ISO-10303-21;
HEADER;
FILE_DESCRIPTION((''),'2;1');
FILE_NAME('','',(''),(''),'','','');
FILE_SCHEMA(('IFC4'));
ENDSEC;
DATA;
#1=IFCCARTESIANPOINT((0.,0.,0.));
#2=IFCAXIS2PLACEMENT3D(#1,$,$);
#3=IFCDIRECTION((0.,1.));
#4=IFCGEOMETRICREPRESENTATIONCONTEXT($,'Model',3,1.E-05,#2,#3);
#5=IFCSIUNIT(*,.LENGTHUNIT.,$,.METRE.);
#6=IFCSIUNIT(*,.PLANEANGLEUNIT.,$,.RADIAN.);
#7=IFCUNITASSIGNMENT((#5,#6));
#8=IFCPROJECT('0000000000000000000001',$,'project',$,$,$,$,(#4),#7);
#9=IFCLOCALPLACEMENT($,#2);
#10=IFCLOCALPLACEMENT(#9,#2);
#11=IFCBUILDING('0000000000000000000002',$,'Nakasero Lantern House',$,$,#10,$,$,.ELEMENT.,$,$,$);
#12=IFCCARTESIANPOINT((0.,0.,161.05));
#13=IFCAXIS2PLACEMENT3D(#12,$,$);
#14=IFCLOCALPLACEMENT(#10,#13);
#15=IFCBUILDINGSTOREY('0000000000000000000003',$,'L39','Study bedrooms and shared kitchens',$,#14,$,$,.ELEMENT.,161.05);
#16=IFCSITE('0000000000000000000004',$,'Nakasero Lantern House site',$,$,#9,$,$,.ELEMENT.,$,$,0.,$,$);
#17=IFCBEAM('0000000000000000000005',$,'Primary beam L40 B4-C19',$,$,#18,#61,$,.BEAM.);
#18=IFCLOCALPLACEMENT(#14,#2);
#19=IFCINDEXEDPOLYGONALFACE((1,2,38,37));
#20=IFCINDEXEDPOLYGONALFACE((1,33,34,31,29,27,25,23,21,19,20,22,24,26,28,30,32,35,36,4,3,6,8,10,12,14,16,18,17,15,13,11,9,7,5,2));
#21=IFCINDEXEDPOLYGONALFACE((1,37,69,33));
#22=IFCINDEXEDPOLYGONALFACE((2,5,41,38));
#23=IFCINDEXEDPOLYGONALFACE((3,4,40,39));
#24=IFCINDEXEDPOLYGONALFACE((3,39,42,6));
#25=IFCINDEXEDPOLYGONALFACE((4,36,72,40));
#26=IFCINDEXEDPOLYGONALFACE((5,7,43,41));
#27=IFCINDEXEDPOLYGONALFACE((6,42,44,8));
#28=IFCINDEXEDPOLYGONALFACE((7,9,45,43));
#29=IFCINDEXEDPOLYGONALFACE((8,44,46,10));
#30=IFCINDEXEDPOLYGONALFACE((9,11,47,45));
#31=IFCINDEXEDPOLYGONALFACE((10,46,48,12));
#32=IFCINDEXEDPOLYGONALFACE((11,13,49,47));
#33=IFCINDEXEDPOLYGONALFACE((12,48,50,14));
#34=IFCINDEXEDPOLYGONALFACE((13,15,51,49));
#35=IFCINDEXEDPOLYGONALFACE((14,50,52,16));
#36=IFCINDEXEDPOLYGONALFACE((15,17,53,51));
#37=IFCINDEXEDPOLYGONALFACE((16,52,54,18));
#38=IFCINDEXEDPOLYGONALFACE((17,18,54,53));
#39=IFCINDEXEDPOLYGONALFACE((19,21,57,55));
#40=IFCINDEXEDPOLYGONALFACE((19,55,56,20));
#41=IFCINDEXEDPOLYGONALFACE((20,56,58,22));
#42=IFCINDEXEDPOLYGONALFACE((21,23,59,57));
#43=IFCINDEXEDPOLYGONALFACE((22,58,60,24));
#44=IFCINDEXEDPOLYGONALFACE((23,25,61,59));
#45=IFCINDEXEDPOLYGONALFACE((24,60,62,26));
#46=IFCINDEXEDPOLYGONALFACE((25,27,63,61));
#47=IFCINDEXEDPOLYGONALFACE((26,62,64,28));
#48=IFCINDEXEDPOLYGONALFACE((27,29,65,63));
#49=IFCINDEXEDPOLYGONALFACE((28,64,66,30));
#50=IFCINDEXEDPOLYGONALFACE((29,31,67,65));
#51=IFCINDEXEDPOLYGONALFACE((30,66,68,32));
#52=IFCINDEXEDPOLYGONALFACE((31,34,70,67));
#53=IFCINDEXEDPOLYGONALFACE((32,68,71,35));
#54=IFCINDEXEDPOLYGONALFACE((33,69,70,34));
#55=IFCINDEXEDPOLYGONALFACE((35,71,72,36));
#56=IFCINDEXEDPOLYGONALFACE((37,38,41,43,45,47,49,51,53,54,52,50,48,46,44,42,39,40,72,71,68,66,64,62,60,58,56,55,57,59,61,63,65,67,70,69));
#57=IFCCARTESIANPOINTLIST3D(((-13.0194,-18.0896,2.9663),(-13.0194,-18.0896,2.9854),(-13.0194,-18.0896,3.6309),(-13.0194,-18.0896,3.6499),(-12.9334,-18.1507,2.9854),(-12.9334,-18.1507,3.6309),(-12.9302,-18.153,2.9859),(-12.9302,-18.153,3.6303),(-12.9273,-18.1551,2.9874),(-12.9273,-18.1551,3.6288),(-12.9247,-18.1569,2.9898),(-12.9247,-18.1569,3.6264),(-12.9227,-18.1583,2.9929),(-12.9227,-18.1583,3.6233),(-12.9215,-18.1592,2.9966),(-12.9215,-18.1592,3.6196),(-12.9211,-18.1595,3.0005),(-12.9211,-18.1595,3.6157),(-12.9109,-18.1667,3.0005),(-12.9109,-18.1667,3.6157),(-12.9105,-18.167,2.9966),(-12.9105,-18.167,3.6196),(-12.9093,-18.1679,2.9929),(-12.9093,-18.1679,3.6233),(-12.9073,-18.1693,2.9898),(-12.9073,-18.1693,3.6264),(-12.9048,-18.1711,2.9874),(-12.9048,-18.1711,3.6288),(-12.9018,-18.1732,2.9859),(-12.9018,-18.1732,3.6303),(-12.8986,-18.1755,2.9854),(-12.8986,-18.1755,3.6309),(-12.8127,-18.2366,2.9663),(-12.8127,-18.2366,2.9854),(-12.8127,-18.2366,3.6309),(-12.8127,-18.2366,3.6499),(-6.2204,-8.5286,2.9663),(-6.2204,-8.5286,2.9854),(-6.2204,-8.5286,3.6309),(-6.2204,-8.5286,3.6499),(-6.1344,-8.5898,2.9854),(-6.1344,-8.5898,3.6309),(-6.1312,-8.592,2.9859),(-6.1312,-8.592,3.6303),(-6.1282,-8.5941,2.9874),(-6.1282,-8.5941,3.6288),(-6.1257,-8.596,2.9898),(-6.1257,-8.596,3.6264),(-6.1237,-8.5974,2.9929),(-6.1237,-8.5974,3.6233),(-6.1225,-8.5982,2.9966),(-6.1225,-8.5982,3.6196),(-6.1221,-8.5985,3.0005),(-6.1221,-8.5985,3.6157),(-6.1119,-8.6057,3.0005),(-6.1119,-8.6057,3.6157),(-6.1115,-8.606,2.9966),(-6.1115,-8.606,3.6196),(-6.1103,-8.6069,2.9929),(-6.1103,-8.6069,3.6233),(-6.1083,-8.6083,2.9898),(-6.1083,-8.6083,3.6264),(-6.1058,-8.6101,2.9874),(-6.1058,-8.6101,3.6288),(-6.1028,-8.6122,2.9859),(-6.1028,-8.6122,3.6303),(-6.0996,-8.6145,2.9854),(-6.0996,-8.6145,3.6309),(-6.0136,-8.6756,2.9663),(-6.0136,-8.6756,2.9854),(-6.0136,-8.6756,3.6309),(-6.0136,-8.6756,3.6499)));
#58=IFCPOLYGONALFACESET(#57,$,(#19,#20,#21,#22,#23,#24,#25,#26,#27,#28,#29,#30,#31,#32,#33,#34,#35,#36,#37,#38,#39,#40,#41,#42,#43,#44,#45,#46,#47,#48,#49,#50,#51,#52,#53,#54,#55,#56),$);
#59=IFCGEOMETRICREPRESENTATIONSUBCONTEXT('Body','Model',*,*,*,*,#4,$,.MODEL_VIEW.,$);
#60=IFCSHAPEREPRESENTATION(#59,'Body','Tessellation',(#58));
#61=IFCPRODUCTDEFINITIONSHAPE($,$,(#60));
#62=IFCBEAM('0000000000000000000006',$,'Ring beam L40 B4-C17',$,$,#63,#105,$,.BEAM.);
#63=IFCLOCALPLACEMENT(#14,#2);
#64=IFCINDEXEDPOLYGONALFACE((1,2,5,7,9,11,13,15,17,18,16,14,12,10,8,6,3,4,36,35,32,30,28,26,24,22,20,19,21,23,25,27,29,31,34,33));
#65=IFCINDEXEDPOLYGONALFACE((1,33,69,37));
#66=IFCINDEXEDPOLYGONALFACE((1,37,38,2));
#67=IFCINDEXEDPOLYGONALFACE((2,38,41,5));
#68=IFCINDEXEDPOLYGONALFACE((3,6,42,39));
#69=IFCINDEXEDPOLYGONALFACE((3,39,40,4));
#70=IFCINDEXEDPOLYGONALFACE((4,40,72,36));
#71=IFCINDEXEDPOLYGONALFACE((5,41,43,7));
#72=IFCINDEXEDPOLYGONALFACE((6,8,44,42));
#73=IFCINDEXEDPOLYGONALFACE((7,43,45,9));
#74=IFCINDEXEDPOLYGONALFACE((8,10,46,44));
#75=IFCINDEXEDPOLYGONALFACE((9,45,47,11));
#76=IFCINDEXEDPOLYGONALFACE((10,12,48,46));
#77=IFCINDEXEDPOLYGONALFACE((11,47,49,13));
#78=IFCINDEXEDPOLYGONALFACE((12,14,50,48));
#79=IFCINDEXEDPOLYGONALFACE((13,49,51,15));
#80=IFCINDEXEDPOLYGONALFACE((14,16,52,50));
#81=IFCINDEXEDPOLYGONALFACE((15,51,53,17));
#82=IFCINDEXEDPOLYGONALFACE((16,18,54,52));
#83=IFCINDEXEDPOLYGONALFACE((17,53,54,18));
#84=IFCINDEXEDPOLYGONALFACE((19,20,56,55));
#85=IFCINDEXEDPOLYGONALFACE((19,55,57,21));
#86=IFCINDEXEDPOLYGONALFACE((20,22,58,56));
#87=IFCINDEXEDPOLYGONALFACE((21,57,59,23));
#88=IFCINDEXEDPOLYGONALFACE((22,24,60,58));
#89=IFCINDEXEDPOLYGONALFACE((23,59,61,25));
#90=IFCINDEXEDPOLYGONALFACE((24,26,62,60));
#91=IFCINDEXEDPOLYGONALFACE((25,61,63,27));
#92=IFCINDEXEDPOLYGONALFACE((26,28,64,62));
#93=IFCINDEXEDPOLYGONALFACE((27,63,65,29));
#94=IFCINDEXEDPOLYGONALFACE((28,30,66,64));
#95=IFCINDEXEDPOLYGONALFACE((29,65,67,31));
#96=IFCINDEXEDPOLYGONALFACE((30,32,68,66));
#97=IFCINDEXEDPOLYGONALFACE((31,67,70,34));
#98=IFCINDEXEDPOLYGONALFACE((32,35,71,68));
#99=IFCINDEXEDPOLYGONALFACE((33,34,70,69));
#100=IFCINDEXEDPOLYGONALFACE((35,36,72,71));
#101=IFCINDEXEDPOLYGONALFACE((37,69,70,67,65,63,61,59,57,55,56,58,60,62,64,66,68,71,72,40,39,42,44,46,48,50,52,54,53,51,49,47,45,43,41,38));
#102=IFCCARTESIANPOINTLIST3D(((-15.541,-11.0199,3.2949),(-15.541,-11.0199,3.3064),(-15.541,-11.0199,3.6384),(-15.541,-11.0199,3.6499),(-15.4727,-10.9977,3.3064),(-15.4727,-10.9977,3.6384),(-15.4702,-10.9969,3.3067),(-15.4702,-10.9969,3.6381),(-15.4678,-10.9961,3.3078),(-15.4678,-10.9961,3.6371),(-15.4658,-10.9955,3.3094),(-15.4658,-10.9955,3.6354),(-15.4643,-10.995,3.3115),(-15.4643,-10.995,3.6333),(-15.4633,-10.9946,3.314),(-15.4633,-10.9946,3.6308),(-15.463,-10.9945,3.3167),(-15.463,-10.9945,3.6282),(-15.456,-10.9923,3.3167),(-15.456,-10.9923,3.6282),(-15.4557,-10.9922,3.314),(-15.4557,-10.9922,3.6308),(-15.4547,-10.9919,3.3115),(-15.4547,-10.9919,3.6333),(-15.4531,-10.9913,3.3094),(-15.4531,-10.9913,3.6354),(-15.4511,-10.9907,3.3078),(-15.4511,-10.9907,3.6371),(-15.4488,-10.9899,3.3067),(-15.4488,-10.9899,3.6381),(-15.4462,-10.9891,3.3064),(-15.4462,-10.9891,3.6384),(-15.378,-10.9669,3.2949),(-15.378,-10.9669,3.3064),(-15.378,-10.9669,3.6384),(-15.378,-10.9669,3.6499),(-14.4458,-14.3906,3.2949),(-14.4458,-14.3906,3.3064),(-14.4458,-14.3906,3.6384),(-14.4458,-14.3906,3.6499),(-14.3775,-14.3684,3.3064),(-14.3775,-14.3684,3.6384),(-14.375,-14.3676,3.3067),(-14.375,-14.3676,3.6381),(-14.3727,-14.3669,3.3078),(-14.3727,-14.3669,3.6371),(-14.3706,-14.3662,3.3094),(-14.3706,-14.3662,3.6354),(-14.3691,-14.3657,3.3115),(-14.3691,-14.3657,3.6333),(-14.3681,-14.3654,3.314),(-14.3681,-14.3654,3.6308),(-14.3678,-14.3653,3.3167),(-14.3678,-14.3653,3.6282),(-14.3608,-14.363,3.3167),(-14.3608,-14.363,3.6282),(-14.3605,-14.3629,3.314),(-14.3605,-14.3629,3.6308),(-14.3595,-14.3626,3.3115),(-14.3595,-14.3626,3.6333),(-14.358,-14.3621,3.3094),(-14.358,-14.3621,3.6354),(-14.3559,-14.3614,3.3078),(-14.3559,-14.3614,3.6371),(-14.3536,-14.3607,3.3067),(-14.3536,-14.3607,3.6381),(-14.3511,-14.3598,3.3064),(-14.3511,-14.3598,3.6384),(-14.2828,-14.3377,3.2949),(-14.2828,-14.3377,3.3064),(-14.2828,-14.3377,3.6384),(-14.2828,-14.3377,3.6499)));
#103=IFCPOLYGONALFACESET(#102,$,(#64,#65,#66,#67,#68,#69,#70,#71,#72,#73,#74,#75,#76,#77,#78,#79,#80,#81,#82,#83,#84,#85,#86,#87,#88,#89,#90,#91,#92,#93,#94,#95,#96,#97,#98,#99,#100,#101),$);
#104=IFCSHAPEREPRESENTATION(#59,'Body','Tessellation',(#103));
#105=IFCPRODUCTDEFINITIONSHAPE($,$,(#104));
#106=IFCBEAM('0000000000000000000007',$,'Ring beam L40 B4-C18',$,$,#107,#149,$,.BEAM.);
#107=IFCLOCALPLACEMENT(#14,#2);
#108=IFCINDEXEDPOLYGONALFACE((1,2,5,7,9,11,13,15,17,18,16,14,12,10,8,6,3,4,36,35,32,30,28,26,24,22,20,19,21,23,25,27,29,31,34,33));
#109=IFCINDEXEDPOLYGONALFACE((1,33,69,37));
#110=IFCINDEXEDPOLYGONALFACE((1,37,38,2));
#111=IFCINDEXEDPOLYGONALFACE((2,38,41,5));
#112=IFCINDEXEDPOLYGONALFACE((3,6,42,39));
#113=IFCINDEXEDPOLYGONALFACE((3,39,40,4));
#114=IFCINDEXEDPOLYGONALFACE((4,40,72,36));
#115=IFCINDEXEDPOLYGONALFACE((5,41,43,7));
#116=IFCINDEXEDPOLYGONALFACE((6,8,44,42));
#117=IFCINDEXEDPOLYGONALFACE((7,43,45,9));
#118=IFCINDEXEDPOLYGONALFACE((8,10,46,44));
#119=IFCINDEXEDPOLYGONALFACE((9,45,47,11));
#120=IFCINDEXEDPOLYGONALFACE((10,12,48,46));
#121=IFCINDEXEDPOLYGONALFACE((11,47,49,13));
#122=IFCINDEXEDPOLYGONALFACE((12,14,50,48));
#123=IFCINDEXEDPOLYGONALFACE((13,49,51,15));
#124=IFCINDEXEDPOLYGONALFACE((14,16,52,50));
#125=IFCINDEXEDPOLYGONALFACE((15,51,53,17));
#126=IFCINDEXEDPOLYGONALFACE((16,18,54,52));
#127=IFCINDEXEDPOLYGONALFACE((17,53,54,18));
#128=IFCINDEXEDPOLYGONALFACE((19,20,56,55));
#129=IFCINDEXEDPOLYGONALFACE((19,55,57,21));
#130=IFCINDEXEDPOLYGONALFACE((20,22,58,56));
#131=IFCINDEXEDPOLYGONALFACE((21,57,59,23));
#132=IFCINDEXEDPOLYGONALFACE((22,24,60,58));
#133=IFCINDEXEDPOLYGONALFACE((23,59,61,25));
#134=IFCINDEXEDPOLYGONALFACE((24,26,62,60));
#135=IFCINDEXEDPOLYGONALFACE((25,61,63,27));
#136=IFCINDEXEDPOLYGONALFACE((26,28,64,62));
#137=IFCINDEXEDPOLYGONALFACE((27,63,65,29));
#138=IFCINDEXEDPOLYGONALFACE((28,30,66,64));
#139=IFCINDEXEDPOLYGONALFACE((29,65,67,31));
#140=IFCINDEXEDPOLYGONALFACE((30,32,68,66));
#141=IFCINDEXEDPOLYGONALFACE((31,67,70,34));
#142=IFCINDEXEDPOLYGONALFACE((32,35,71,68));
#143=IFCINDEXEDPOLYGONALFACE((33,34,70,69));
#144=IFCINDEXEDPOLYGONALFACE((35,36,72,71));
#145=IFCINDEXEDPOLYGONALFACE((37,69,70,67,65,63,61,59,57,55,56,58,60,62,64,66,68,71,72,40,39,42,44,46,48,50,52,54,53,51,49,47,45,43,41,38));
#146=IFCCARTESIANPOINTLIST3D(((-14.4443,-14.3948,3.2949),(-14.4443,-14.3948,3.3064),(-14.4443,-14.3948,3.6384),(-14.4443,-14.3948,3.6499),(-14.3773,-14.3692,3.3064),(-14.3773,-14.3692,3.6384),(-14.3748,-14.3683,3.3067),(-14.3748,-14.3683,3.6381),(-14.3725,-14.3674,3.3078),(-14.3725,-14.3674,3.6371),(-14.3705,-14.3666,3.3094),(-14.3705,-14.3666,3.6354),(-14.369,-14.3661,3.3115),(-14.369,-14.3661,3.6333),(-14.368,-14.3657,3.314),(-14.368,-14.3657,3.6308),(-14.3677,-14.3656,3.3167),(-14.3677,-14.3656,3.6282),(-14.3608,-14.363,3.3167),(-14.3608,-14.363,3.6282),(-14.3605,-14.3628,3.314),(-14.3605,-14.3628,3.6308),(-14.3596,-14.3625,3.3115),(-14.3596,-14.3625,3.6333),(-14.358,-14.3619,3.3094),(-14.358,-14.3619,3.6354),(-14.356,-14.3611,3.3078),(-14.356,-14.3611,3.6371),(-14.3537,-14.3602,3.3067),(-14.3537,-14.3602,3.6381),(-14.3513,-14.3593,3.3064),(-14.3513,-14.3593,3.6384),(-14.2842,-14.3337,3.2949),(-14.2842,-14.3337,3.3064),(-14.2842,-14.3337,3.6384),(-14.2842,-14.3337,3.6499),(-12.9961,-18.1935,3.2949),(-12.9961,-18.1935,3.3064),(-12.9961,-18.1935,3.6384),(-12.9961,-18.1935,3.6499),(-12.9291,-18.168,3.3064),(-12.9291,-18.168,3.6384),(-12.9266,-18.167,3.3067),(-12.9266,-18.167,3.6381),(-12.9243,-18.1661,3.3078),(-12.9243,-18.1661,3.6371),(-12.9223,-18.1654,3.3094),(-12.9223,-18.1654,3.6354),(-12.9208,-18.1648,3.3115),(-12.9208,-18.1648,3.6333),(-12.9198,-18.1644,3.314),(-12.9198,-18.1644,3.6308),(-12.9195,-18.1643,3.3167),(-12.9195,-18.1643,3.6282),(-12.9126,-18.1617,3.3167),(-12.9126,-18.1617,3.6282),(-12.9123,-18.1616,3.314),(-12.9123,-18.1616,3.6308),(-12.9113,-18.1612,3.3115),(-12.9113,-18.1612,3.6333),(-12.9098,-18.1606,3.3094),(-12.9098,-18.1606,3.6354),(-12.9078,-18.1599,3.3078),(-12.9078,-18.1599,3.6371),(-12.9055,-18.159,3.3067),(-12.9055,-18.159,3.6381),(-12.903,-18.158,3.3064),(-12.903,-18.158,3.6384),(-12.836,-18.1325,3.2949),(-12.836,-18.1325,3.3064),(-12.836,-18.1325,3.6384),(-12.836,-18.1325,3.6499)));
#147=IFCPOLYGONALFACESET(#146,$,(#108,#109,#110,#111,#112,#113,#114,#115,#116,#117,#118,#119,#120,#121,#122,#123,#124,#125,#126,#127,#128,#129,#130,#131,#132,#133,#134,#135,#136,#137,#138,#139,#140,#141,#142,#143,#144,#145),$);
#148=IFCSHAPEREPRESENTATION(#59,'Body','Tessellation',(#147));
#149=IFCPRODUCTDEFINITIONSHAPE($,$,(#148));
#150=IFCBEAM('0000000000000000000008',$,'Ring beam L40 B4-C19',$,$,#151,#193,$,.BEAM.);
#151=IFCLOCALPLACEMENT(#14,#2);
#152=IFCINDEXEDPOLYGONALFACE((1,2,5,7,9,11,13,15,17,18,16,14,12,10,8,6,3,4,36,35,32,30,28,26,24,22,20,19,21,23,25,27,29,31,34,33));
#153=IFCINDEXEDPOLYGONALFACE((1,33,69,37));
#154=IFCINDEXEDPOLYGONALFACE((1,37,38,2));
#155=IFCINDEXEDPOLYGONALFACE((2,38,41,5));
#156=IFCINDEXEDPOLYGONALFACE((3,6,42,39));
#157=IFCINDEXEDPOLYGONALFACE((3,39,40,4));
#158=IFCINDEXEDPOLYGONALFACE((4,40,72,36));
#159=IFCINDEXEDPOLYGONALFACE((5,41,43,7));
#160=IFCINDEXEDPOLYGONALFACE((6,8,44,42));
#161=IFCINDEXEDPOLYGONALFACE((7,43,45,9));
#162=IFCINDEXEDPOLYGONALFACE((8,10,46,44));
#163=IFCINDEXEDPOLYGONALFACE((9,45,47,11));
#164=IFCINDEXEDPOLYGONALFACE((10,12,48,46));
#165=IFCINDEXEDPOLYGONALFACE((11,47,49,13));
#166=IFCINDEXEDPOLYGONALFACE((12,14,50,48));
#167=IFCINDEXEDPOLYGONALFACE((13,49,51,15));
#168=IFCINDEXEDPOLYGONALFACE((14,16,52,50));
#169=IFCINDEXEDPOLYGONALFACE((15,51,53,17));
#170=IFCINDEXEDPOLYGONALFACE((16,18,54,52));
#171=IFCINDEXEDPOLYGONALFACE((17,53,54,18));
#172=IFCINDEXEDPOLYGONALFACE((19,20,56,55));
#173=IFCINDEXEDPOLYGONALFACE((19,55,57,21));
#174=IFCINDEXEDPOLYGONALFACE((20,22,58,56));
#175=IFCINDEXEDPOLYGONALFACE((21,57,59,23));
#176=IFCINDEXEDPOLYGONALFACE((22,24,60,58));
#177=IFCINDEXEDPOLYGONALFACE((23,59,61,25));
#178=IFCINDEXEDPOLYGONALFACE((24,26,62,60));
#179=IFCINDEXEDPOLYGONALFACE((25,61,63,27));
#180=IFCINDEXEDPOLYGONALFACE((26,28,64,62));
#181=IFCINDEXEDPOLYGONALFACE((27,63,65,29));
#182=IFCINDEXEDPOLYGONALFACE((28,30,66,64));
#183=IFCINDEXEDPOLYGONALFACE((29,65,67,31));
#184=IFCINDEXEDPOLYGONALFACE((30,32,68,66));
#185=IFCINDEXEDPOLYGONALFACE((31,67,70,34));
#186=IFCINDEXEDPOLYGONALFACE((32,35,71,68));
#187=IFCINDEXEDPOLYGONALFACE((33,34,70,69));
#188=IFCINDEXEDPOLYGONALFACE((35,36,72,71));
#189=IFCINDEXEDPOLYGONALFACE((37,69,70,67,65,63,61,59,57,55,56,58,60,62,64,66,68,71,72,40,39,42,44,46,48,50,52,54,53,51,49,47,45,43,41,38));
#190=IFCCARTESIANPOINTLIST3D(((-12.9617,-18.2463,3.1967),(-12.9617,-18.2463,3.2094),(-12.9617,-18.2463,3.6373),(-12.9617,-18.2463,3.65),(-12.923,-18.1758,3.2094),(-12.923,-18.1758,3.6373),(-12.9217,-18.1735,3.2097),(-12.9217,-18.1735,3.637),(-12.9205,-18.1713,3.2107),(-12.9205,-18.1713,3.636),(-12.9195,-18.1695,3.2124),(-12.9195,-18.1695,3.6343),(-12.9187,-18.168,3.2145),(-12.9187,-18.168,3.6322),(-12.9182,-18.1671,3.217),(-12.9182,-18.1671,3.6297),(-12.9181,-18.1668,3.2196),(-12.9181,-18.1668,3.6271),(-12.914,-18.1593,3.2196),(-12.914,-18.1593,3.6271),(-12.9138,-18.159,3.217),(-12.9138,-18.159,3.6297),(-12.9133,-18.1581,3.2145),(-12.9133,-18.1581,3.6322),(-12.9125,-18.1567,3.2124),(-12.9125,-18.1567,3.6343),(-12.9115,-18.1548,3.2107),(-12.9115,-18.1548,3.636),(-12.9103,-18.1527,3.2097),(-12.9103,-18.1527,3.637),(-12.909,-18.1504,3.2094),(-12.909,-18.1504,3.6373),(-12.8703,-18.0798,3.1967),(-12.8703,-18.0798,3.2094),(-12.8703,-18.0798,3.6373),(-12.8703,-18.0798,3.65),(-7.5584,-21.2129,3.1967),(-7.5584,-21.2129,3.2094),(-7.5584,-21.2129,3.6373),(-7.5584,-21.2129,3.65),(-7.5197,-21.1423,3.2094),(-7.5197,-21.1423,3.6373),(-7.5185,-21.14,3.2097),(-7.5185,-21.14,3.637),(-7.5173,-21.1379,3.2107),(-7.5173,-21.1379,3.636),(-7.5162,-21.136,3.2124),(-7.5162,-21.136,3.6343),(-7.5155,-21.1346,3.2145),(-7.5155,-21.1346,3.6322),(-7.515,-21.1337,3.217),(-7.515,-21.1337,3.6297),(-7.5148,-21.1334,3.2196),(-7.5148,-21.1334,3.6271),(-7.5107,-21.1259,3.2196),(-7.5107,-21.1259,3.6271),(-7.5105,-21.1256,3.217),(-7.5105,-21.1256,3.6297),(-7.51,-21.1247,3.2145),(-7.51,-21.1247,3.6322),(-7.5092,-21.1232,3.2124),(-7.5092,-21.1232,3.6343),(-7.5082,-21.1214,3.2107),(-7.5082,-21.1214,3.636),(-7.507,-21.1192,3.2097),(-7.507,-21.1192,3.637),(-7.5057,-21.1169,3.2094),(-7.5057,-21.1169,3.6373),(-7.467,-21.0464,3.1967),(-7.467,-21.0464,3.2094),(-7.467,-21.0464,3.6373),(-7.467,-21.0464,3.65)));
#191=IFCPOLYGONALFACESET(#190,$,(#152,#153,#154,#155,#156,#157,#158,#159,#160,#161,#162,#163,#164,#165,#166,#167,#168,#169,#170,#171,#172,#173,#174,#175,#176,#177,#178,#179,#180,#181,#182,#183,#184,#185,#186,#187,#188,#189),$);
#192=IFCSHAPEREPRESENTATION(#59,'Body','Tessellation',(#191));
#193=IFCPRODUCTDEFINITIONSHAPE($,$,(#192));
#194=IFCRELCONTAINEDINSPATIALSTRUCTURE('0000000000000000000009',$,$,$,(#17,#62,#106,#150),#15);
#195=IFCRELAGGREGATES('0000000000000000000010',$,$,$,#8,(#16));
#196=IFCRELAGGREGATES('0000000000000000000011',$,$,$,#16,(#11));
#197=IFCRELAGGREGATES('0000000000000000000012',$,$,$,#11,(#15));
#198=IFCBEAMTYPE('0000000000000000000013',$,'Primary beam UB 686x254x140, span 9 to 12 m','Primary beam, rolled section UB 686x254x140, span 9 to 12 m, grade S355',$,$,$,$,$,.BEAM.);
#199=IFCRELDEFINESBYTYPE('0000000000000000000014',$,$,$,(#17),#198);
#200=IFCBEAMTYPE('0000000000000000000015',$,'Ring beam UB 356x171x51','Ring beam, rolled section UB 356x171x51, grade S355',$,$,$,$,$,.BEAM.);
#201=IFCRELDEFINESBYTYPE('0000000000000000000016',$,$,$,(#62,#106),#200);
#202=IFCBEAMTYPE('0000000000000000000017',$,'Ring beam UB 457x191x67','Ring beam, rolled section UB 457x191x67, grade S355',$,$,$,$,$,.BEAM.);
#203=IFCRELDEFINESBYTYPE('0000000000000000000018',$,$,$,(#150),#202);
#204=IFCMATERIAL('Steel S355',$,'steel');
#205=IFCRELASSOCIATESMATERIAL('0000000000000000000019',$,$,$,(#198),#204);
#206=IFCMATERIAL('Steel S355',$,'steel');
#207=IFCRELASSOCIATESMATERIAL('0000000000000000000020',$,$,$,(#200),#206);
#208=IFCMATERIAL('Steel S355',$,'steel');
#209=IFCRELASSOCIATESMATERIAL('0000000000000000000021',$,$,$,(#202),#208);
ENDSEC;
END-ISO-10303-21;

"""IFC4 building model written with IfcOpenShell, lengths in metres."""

from ifc_helpers import new_model, si_unit, direction, frame, origin, origin_2d, place, context, subcontext, project, spatial, i_section, extrude, material, material_profile, profile_set, type_object, element, save


model = new_model("IFC4")

# Units and contexts
model_context = context("Model", 3, precision=1e-05, world=origin(), true_north=direction((0.0, 1.0)))
body_context = subcontext(model_context, "Body", "Model", "MODEL_VIEW")
ifc_project = project(units=[si_unit("LENGTHUNIT", "METRE"), si_unit("PLANEANGLEUNIT", "RADIAN")], contexts=[model_context])

# Site, building, storey
site_placement = place(None, origin())
site = spatial("IfcSite", under=ifc_project, at=site_placement, Name="Nakasero Lantern House site", CompositionType="ELEMENT", RefElevation=0.0)
building_placement = place(site_placement, origin())
building = spatial("IfcBuilding", under=site, at=building_placement, Name="Nakasero Lantern House", CompositionType="ELEMENT")
storey_placement = place(building_placement, frame((0.0, 0.0, 161.05)))
storey = spatial("IfcBuildingStorey", under=building, at=storey_placement, Name="L39", Description="Study bedrooms and shared kitchens", CompositionType="ELEMENT", Elevation=161.05)

# Beams
ifc_material_1 = material(Name="Steel S355", Category="steel")
ifc_material_profile_1 = material_profile(ifc_material_1, i_section(OverallWidth=0.2537, OverallDepth=0.6836, WebThickness=0.0125, FlangeThickness=0.019, FilletRadius=0.0151, at=origin_2d()), Name="UB 686x254x140")
ifc_profile_set_1 = profile_set([ifc_material_profile_1], Name="Steel S355")
beam_type_1 = type_object("IfcBeamType", Name="Primary beam UB 686x254x140, span 9 to 12 m", Description="Primary beam, rolled section UB 686x254x140, span 9 to 12 m, grade S355", PredefinedType="BEAM", material=ifc_profile_set_1)
beam_1_placement = place(storey_placement, frame((-12.916, -18.1631, 3.3081), z_axis=(0.57953, 0.814951, 0.0), x_axis=(-0.814951, 0.57953, 0.0)))
element("IfcBeam", 1, at=beam_1_placement, inside=storey, type_object=beam_type_1, Name="Primary beam L40 B4-C19", PredefinedType="BEAM", context=body_context, shape_type="SweptSolid", body=[
    extrude(i_section(OverallWidth=0.2537, OverallDepth=0.6836, WebThickness=0.0125, FlangeThickness=0.019, FilletRadius=0.0151, at=origin_2d()), origin(), (0.0, 0.0, 1.0), 11.7319),
])
ifc_material_2 = material(Name="Steel S355", Category="steel")
ifc_material_profile_2 = material_profile(ifc_material_2, i_section(OverallWidth=0.1714, OverallDepth=0.355, WebThickness=0.0073, FlangeThickness=0.0115, FilletRadius=0.0103, at=origin_2d()), Name="UB 356x171x51")
ifc_profile_set_2 = profile_set([ifc_material_profile_2], Name="Steel S355")
beam_type_2 = type_object("IfcBeamType", Name="Ring beam UB 356x171x51", Description="Ring beam, rolled section UB 356x171x51, grade S355", PredefinedType="BEAM", material=ifc_profile_set_2)
beam_2_placement = place(storey_placement, frame((-15.4595, -10.9934, 3.4724), z_axis=(0.309007, -0.95106, 0.0), x_axis=(0.95106, 0.309007, 0.0)))
element("IfcBeam", 2, at=beam_2_placement, inside=storey, type_object=beam_type_2, Name="Ring beam L40 B4-C17", PredefinedType="BEAM", context=body_context, shape_type="SweptSolid", body=[
    extrude(i_section(OverallWidth=0.1714, OverallDepth=0.355, WebThickness=0.0073, FlangeThickness=0.0115, FilletRadius=0.0103, at=origin_2d()), origin(), (0.0, 0.0, 1.0), 3.5442),
])
beam_3_placement = place(storey_placement, frame((-14.3643, -14.3643, 3.4724), z_axis=(0.356225, -0.9344, 0.0), x_axis=(0.9344, 0.356225, 0.0)))
element("IfcBeam", 3, at=beam_3_placement, inside=storey, type_object=beam_type_2, Name="Ring beam L40 B4-C18", PredefinedType="BEAM", context=body_context, shape_type="SweptSolid", body=[
    extrude(i_section(OverallWidth=0.1714, OverallDepth=0.355, WebThickness=0.0073, FlangeThickness=0.0115, FilletRadius=0.0103, at=origin_2d()), origin(), (0.0, 0.0, 1.0), 4.0654),
])
ifc_material_3 = material(Name="Steel S355", Category="steel")
ifc_material_profile_3 = material_profile(ifc_material_3, i_section(OverallWidth=0.1899, OverallDepth=0.4534, WebThickness=0.0085, FlangeThickness=0.0127, FilletRadius=0.0103, at=origin_2d()), Name="UB 457x191x67")
ifc_profile_set_3 = profile_set([ifc_material_profile_3], Name="Steel S355")
beam_type_3 = type_object("IfcBeamType", Name="Ring beam UB 457x191x67", Description="Ring beam, rolled section UB 457x191x67, grade S355", PredefinedType="BEAM", material=ifc_profile_set_3)
beam_4_placement = place(storey_placement, frame((-12.916, -18.1631, 3.4233), z_axis=(0.876577, -0.481262, 0.0), x_axis=(0.481262, 0.876577, 0.0)))
element("IfcBeam", 4, at=beam_4_placement, inside=storey, type_object=beam_type_3, Name="Ring beam L40 B4-C19", PredefinedType="BEAM", context=body_context, shape_type="SweptSolid", body=[
    extrude(i_section(OverallWidth=0.1899, OverallDepth=0.4534, WebThickness=0.0085, FlangeThickness=0.0127, FilletRadius=0.0103, at=origin_2d()), origin(), (0.0, 0.0, 1.0), 6.1641),
])

save(model, "model.ifc")
